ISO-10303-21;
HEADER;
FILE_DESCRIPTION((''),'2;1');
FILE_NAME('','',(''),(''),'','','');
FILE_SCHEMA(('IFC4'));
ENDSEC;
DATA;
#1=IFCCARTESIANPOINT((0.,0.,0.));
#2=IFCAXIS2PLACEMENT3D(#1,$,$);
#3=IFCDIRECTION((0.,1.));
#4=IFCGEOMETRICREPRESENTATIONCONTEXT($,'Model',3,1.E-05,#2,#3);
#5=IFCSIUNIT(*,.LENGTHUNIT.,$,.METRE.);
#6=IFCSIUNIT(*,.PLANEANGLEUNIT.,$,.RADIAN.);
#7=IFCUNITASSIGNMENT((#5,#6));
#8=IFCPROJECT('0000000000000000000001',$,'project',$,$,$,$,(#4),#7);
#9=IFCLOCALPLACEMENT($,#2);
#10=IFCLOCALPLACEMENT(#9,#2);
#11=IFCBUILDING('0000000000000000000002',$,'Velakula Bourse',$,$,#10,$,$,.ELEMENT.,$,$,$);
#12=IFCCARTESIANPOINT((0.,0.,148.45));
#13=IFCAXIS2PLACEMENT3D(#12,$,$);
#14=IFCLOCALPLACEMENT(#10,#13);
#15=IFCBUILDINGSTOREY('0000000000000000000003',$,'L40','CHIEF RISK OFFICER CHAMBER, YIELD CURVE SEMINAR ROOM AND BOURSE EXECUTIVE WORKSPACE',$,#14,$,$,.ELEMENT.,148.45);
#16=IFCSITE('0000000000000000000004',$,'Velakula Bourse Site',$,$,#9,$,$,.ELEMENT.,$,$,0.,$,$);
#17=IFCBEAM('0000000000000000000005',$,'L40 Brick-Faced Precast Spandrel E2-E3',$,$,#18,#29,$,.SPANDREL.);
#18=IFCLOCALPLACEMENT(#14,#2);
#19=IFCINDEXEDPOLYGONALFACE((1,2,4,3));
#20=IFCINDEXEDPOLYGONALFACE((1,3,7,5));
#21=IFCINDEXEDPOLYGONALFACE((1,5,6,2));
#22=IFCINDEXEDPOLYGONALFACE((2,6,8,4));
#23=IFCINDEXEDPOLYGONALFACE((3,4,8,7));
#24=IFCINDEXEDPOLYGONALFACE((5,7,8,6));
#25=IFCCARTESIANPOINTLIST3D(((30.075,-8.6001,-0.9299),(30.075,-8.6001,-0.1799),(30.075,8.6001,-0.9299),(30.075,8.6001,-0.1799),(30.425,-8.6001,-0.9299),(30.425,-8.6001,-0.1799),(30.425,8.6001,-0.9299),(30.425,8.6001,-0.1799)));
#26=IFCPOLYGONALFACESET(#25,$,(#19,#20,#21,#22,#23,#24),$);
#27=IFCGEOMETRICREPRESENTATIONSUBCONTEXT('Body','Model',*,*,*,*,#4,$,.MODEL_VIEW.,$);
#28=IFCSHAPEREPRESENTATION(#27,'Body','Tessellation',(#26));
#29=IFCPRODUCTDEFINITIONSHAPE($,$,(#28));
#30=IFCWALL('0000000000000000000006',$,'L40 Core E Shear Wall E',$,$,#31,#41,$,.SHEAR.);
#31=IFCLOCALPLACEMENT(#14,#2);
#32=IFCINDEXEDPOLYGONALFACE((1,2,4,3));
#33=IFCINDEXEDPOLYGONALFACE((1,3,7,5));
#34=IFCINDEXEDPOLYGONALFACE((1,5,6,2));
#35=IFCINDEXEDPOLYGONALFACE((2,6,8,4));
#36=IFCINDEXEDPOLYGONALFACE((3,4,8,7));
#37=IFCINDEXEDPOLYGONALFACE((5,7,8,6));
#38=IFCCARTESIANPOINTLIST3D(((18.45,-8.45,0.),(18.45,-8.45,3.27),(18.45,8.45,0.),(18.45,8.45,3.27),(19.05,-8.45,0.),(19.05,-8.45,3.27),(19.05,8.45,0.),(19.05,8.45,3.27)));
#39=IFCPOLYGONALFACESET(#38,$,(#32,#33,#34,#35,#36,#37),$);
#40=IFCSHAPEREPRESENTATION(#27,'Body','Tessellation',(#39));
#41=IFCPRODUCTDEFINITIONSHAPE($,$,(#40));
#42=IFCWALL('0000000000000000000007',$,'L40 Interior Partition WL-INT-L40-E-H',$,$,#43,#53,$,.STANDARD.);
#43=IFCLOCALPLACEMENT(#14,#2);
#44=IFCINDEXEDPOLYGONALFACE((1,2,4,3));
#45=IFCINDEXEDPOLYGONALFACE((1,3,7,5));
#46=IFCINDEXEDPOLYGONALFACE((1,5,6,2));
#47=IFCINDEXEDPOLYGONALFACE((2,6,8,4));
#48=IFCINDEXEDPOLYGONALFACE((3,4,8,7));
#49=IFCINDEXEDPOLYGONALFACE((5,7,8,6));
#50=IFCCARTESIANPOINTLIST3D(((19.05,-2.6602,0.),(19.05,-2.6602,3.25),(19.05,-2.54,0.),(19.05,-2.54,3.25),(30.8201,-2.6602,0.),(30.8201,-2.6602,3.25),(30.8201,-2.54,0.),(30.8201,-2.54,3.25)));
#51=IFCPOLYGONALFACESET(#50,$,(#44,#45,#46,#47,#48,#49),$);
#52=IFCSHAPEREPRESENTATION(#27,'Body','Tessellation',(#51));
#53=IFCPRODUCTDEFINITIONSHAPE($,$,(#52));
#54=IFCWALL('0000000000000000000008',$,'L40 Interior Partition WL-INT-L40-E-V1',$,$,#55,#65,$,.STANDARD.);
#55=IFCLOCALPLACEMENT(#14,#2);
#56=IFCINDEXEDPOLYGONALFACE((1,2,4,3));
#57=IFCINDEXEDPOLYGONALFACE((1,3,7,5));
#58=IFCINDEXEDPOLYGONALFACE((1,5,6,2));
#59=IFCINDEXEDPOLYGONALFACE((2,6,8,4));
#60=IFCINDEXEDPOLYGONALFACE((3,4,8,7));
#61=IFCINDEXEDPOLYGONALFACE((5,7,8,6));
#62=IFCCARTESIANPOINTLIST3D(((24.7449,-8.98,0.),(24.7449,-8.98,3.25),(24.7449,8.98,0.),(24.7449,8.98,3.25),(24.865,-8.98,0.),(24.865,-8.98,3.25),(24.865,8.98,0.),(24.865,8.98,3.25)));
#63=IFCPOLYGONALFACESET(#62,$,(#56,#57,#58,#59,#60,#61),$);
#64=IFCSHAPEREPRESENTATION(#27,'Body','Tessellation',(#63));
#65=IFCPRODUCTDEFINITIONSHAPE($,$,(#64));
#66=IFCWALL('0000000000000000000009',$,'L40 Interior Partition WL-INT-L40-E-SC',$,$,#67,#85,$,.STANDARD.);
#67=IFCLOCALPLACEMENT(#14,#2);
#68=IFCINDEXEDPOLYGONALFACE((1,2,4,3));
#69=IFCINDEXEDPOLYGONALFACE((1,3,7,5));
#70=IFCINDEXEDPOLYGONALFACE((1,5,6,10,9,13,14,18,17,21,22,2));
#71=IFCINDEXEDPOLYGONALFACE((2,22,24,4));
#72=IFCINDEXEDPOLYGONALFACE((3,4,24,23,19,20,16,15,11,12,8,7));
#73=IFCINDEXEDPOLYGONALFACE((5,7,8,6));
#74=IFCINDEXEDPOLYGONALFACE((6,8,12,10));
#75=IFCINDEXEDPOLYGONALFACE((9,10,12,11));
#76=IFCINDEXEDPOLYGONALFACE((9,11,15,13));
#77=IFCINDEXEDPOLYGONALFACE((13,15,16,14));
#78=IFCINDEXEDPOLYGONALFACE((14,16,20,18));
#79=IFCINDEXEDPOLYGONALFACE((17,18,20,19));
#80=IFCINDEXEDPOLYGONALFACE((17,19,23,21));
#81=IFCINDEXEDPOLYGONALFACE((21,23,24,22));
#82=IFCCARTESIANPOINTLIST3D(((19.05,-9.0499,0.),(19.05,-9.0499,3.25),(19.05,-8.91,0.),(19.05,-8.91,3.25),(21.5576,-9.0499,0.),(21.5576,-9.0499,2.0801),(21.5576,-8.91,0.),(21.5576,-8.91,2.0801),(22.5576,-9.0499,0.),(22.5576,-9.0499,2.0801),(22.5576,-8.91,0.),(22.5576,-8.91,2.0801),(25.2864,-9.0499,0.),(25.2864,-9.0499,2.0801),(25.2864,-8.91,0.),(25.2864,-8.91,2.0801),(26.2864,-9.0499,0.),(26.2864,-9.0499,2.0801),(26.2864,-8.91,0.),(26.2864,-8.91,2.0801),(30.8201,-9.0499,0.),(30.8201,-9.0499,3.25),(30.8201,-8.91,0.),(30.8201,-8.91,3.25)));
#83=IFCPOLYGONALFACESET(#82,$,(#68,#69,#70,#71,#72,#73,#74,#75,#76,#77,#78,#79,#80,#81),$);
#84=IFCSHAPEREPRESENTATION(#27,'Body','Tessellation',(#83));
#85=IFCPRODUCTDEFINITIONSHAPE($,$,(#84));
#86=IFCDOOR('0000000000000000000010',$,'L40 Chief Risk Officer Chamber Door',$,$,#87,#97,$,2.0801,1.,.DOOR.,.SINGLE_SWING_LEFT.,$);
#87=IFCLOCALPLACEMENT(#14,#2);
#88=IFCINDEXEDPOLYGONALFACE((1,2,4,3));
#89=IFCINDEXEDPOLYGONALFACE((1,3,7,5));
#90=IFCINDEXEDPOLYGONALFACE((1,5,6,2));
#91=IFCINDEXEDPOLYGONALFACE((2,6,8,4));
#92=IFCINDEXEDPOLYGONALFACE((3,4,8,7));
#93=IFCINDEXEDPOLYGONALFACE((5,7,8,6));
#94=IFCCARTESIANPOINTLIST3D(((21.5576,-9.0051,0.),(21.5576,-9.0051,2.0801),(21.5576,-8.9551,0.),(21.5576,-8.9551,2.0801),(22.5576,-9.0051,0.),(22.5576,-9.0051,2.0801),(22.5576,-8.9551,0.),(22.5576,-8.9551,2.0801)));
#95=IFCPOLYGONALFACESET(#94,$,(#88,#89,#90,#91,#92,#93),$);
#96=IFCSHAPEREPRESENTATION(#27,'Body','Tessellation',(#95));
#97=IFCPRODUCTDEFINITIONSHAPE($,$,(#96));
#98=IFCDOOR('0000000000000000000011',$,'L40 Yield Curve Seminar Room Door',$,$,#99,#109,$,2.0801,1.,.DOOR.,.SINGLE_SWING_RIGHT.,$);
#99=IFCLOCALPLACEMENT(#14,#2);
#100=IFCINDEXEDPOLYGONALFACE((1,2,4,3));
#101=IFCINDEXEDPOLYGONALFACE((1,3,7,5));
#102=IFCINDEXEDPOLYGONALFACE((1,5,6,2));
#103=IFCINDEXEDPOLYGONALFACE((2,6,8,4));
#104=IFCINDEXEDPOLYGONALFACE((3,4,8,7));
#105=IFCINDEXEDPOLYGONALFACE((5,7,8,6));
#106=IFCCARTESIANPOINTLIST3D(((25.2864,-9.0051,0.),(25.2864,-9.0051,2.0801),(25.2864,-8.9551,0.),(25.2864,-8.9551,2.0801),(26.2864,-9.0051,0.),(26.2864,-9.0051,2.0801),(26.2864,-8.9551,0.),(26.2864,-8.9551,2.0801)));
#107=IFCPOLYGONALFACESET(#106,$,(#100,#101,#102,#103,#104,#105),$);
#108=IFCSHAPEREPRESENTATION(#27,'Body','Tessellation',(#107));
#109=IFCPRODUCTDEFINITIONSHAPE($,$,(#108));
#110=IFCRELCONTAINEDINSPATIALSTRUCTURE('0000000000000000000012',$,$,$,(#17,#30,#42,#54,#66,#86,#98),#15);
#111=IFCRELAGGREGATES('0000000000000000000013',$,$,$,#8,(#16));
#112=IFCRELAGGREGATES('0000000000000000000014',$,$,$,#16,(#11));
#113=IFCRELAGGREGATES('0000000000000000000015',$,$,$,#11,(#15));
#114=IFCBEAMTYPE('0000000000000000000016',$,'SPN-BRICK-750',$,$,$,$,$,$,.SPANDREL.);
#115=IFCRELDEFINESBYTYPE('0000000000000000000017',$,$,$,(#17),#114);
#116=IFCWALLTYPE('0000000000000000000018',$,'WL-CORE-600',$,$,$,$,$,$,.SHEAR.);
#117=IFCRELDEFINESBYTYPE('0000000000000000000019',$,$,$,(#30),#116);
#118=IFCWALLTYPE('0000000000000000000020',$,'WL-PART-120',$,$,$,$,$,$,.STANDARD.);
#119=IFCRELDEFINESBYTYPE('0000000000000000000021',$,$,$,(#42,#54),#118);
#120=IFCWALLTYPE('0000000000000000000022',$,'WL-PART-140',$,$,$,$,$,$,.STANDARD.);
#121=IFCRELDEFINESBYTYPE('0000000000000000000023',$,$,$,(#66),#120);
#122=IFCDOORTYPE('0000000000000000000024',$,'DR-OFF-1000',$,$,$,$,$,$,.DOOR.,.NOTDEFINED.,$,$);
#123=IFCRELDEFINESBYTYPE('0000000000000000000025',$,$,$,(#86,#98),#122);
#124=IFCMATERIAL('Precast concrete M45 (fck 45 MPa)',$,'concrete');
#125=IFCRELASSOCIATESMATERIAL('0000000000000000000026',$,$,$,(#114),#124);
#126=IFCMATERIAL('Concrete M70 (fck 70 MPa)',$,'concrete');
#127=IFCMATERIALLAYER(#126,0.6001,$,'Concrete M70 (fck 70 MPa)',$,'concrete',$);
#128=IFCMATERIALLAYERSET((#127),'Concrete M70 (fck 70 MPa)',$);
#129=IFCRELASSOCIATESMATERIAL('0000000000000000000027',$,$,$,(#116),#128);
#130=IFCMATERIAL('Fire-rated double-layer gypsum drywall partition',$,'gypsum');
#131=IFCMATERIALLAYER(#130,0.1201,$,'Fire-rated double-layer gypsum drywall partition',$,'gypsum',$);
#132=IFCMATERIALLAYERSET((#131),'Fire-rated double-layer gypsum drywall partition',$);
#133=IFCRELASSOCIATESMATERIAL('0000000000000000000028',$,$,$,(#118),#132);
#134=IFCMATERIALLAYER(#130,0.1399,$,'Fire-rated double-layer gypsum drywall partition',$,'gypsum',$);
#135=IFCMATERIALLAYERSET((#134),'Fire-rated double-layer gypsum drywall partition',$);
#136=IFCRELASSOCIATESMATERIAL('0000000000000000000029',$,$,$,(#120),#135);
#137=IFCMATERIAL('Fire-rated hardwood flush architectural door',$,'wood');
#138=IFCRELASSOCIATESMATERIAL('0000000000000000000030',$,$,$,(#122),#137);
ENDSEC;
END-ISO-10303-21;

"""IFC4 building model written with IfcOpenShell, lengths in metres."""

from ifc_helpers import new_model, si_unit, direction, frame, frame_2d, origin, origin_2d, place, context, subcontext, project, spatial, rectangle, extrude, material, layer, layer_set, material_profile, profile_set, type_object, element, fill, save


model = new_model("IFC4")

# Units and contexts
model_context = context("Model", 3, precision=1e-05, world=origin(), true_north=direction((0.0, 1.0)))
body_context = subcontext(model_context, "Body", "Model", "MODEL_VIEW")
ifc_project = project(units=[si_unit("LENGTHUNIT", "METRE"), si_unit("PLANEANGLEUNIT", "RADIAN")], contexts=[model_context])

# Site, building, storey
site_placement = place(None, origin())
site = spatial("IfcSite", under=ifc_project, at=site_placement, Name="Velakula Bourse Site", CompositionType="ELEMENT", RefElevation=0.0)
building_placement = place(site_placement, origin())
building = spatial("IfcBuilding", under=site, at=building_placement, Name="Velakula Bourse", CompositionType="ELEMENT")
storey_placement = place(building_placement, frame((0.0, 0.0, 148.45)))
storey = spatial("IfcBuildingStorey", under=building, at=storey_placement, Name="L40", Description="CHIEF RISK OFFICER CHAMBER, YIELD CURVE SEMINAR ROOM AND BOURSE EXECUTIVE WORKSPACE", CompositionType="ELEMENT", Elevation=148.45)

# Shared definitions
ifc_material_1 = material(Name="Concrete M70 (fck 70 MPa)", Category="concrete")

# Beam
ifc_material_2 = material(Name="Precast concrete M45 (fck 45 MPa)", Category="concrete")
ifc_material_profile_1 = material_profile(ifc_material_2, rectangle(XDim=0.3501, YDim=0.75, at=origin_2d()), Name="Precast concrete M45 (fck 45 MPa)")
ifc_profile_set_1 = profile_set([ifc_material_profile_1], Name="Precast concrete M45 (fck 45 MPa)")
beam_type_1 = type_object("IfcBeamType", Name="SPN-BRICK-750", PredefinedType="SPANDREL", material=ifc_profile_set_1)
beam_1_placement = place(storey_placement, frame((30.25, -8.6001, -0.5549), z_axis=(0.0, 1.0, 0.0), x_axis=(-1.0, 0.0, 0.0)))
element("IfcBeam", 1, at=beam_1_placement, inside=storey, type_object=beam_type_1, Name="L40 Brick-Faced Precast Spandrel E2-E3", PredefinedType="SPANDREL", context=body_context, shape_type="SweptSolid", body=[
    extrude(rectangle(XDim=0.3501, YDim=0.75, at=origin_2d()), origin(), (0.0, 0.0, 1.0), 17.2002),
])

# Walls
ifc_layer_1 = layer(ifc_material_1, 0.6001, Name="Concrete M70 (fck 70 MPa)", Category="concrete")
ifc_layer_set_1 = layer_set([ifc_layer_1], Name="Concrete M70 (fck 70 MPa)")
wall_type_1 = type_object("IfcWallType", Name="WL-CORE-600", PredefinedType="SHEAR", material=ifc_layer_set_1)
wall_1_placement = place(storey_placement, frame((18.75, -8.45, 0.0), z_axis=(0.0, 0.0, 1.0), x_axis=(0.0, 1.0, 0.0)))
element("IfcWall", 2, at=wall_1_placement, inside=storey, type_object=wall_type_1, Name="L40 Core E Shear Wall E", PredefinedType="SHEAR", context=body_context, shape_type="SweptSolid", body=[
    extrude(rectangle(XDim=16.8999, YDim=0.6001, at=frame_2d((8.45, 0.0))), origin(), (0.0, 0.0, 1.0), 3.27),
])
ifc_material_3 = material(Name="Fire-rated double-layer gypsum drywall partition", Category="gypsum")
ifc_layer_2 = layer(ifc_material_3, 0.1201, Name="Fire-rated double-layer gypsum drywall partition", Category="gypsum")
ifc_layer_set_2 = layer_set([ifc_layer_2], Name="Fire-rated double-layer gypsum drywall partition")
wall_type_2 = type_object("IfcWallType", Name="WL-PART-120", PredefinedType="STANDARD", material=ifc_layer_set_2)
wall_2_placement = place(storey_placement, frame((19.05, -2.6001, 0.0), z_axis=(0.0, 0.0, 1.0), x_axis=(1.0, 0.0, 0.0)))
element("IfcWall", 3, at=wall_2_placement, inside=storey, type_object=wall_type_2, Name="L40 Interior Partition WL-INT-L40-E-H", PredefinedType="STANDARD", context=body_context, shape_type="SweptSolid", body=[
    extrude(rectangle(XDim=11.77, YDim=0.1201, at=frame_2d((5.885, 0.0))), origin(), (0.0, 0.0, 1.0), 3.25),
])
wall_3_placement = place(storey_placement, frame((24.8049, -8.98, 0.0), z_axis=(0.0, 0.0, 1.0), x_axis=(0.0, 1.0, 0.0)))
element("IfcWall", 4, at=wall_3_placement, inside=storey, type_object=wall_type_2, Name="L40 Interior Partition WL-INT-L40-E-V1", PredefinedType="STANDARD", context=body_context, shape_type="SweptSolid", body=[
    extrude(rectangle(XDim=17.96, YDim=0.1201, at=frame_2d((8.98, 0.0))), origin(), (0.0, 0.0, 1.0), 3.25),
])

# Wall, openings, doors
ifc_layer_3 = layer(ifc_material_3, 0.1399, Name="Fire-rated double-layer gypsum drywall partition", Category="gypsum")
ifc_layer_set_3 = layer_set([ifc_layer_3], Name="Fire-rated double-layer gypsum drywall partition")
wall_type_3 = type_object("IfcWallType", Name="WL-PART-140", PredefinedType="STANDARD", material=ifc_layer_set_3)
wall_4_placement = place(storey_placement, frame((19.05, -8.98, 0.0), z_axis=(0.0, 0.0, 1.0), x_axis=(1.0, 0.0, 0.0)))
wall_4 = element("IfcWall", 5, at=wall_4_placement, inside=storey, type_object=wall_type_3, Name="L40 Interior Partition WL-INT-L40-E-SC", PredefinedType="STANDARD", context=body_context, shape_type="SweptSolid", body=[
    extrude(rectangle(XDim=11.77, YDim=0.1399, at=frame_2d((5.885, 0.0))), origin(), (0.0, 0.0, 1.0), 3.25),
])
opening_1_placement = place(wall_4_placement, frame((2.5076, 0.0, 0.0)))
opening_1 = element("IfcOpeningElement", 6, at=opening_1_placement, cuts=wall_4, PredefinedType="OPENING", context=body_context, shape_type="SweptSolid", body=[
    extrude(rectangle(XDim=1.0, YDim=2.0801, at=frame_2d((0.5, 1.04))), frame((0.0, 0.0798, 0.0), z_axis=(0.0, -1.0, 0.0), x_axis=(1.0, 0.0, 0.0)), (0.0, 0.0, 1.0), 0.1599),
])
opening_2_placement = place(wall_4_placement, frame((6.2363, 0.0, 0.0)))
opening_2 = element("IfcOpeningElement", 7, at=opening_2_placement, cuts=wall_4, PredefinedType="OPENING", context=body_context, shape_type="SweptSolid", body=[
    extrude(rectangle(XDim=1.0, YDim=2.0801, at=frame_2d((0.5, 1.04))), frame((0.0, 0.0798, 0.0), z_axis=(0.0, -1.0, 0.0), x_axis=(1.0, 0.0, 0.0)), (0.0, 0.0, 1.0), 0.1599),
])
ifc_material_4 = material(Name="Fire-rated hardwood flush architectural door", Category="wood")
door_type = type_object("IfcDoorType", Name="DR-OFF-1000", OperationType="NOTDEFINED", PredefinedType="DOOR", material=ifc_material_4)
door_1_placement = place(opening_1_placement, origin())
door_1 = element("IfcDoor", 8, at=door_1_placement, inside=storey, type_object=door_type, Name="L40 Chief Risk Officer Chamber Door", OperationType="SINGLE_SWING_LEFT", OverallHeight=2.0801, OverallWidth=1.0, PredefinedType="DOOR", context=body_context, shape_type="SweptSolid", body=[
    extrude(rectangle(XDim=1.0, YDim=2.0801, at=frame_2d((0.5, 1.04))), frame((0.0, 0.0249, 0.0), z_axis=(0.0, -1.0, 0.0), x_axis=(1.0, 0.0, 0.0)), (0.0, 0.0, 1.0), 0.05),
])
fill(opening_1, door_1)
door_2_placement = place(opening_2_placement, origin())
door_2 = element("IfcDoor", 9, at=door_2_placement, inside=storey, type_object=door_type, Name="L40 Yield Curve Seminar Room Door", OperationType="SINGLE_SWING_RIGHT", OverallHeight=2.0801, OverallWidth=1.0, PredefinedType="DOOR", context=body_context, shape_type="SweptSolid", body=[
    extrude(rectangle(XDim=1.0, YDim=2.0801, at=frame_2d((0.5, 1.04))), frame((0.0, 0.0249, 0.0), z_axis=(0.0, -1.0, 0.0), x_axis=(1.0, 0.0, 0.0)), (0.0, 0.0, 1.0), 0.05),
])
fill(opening_2, door_2)

save(model, "model.ifc")
